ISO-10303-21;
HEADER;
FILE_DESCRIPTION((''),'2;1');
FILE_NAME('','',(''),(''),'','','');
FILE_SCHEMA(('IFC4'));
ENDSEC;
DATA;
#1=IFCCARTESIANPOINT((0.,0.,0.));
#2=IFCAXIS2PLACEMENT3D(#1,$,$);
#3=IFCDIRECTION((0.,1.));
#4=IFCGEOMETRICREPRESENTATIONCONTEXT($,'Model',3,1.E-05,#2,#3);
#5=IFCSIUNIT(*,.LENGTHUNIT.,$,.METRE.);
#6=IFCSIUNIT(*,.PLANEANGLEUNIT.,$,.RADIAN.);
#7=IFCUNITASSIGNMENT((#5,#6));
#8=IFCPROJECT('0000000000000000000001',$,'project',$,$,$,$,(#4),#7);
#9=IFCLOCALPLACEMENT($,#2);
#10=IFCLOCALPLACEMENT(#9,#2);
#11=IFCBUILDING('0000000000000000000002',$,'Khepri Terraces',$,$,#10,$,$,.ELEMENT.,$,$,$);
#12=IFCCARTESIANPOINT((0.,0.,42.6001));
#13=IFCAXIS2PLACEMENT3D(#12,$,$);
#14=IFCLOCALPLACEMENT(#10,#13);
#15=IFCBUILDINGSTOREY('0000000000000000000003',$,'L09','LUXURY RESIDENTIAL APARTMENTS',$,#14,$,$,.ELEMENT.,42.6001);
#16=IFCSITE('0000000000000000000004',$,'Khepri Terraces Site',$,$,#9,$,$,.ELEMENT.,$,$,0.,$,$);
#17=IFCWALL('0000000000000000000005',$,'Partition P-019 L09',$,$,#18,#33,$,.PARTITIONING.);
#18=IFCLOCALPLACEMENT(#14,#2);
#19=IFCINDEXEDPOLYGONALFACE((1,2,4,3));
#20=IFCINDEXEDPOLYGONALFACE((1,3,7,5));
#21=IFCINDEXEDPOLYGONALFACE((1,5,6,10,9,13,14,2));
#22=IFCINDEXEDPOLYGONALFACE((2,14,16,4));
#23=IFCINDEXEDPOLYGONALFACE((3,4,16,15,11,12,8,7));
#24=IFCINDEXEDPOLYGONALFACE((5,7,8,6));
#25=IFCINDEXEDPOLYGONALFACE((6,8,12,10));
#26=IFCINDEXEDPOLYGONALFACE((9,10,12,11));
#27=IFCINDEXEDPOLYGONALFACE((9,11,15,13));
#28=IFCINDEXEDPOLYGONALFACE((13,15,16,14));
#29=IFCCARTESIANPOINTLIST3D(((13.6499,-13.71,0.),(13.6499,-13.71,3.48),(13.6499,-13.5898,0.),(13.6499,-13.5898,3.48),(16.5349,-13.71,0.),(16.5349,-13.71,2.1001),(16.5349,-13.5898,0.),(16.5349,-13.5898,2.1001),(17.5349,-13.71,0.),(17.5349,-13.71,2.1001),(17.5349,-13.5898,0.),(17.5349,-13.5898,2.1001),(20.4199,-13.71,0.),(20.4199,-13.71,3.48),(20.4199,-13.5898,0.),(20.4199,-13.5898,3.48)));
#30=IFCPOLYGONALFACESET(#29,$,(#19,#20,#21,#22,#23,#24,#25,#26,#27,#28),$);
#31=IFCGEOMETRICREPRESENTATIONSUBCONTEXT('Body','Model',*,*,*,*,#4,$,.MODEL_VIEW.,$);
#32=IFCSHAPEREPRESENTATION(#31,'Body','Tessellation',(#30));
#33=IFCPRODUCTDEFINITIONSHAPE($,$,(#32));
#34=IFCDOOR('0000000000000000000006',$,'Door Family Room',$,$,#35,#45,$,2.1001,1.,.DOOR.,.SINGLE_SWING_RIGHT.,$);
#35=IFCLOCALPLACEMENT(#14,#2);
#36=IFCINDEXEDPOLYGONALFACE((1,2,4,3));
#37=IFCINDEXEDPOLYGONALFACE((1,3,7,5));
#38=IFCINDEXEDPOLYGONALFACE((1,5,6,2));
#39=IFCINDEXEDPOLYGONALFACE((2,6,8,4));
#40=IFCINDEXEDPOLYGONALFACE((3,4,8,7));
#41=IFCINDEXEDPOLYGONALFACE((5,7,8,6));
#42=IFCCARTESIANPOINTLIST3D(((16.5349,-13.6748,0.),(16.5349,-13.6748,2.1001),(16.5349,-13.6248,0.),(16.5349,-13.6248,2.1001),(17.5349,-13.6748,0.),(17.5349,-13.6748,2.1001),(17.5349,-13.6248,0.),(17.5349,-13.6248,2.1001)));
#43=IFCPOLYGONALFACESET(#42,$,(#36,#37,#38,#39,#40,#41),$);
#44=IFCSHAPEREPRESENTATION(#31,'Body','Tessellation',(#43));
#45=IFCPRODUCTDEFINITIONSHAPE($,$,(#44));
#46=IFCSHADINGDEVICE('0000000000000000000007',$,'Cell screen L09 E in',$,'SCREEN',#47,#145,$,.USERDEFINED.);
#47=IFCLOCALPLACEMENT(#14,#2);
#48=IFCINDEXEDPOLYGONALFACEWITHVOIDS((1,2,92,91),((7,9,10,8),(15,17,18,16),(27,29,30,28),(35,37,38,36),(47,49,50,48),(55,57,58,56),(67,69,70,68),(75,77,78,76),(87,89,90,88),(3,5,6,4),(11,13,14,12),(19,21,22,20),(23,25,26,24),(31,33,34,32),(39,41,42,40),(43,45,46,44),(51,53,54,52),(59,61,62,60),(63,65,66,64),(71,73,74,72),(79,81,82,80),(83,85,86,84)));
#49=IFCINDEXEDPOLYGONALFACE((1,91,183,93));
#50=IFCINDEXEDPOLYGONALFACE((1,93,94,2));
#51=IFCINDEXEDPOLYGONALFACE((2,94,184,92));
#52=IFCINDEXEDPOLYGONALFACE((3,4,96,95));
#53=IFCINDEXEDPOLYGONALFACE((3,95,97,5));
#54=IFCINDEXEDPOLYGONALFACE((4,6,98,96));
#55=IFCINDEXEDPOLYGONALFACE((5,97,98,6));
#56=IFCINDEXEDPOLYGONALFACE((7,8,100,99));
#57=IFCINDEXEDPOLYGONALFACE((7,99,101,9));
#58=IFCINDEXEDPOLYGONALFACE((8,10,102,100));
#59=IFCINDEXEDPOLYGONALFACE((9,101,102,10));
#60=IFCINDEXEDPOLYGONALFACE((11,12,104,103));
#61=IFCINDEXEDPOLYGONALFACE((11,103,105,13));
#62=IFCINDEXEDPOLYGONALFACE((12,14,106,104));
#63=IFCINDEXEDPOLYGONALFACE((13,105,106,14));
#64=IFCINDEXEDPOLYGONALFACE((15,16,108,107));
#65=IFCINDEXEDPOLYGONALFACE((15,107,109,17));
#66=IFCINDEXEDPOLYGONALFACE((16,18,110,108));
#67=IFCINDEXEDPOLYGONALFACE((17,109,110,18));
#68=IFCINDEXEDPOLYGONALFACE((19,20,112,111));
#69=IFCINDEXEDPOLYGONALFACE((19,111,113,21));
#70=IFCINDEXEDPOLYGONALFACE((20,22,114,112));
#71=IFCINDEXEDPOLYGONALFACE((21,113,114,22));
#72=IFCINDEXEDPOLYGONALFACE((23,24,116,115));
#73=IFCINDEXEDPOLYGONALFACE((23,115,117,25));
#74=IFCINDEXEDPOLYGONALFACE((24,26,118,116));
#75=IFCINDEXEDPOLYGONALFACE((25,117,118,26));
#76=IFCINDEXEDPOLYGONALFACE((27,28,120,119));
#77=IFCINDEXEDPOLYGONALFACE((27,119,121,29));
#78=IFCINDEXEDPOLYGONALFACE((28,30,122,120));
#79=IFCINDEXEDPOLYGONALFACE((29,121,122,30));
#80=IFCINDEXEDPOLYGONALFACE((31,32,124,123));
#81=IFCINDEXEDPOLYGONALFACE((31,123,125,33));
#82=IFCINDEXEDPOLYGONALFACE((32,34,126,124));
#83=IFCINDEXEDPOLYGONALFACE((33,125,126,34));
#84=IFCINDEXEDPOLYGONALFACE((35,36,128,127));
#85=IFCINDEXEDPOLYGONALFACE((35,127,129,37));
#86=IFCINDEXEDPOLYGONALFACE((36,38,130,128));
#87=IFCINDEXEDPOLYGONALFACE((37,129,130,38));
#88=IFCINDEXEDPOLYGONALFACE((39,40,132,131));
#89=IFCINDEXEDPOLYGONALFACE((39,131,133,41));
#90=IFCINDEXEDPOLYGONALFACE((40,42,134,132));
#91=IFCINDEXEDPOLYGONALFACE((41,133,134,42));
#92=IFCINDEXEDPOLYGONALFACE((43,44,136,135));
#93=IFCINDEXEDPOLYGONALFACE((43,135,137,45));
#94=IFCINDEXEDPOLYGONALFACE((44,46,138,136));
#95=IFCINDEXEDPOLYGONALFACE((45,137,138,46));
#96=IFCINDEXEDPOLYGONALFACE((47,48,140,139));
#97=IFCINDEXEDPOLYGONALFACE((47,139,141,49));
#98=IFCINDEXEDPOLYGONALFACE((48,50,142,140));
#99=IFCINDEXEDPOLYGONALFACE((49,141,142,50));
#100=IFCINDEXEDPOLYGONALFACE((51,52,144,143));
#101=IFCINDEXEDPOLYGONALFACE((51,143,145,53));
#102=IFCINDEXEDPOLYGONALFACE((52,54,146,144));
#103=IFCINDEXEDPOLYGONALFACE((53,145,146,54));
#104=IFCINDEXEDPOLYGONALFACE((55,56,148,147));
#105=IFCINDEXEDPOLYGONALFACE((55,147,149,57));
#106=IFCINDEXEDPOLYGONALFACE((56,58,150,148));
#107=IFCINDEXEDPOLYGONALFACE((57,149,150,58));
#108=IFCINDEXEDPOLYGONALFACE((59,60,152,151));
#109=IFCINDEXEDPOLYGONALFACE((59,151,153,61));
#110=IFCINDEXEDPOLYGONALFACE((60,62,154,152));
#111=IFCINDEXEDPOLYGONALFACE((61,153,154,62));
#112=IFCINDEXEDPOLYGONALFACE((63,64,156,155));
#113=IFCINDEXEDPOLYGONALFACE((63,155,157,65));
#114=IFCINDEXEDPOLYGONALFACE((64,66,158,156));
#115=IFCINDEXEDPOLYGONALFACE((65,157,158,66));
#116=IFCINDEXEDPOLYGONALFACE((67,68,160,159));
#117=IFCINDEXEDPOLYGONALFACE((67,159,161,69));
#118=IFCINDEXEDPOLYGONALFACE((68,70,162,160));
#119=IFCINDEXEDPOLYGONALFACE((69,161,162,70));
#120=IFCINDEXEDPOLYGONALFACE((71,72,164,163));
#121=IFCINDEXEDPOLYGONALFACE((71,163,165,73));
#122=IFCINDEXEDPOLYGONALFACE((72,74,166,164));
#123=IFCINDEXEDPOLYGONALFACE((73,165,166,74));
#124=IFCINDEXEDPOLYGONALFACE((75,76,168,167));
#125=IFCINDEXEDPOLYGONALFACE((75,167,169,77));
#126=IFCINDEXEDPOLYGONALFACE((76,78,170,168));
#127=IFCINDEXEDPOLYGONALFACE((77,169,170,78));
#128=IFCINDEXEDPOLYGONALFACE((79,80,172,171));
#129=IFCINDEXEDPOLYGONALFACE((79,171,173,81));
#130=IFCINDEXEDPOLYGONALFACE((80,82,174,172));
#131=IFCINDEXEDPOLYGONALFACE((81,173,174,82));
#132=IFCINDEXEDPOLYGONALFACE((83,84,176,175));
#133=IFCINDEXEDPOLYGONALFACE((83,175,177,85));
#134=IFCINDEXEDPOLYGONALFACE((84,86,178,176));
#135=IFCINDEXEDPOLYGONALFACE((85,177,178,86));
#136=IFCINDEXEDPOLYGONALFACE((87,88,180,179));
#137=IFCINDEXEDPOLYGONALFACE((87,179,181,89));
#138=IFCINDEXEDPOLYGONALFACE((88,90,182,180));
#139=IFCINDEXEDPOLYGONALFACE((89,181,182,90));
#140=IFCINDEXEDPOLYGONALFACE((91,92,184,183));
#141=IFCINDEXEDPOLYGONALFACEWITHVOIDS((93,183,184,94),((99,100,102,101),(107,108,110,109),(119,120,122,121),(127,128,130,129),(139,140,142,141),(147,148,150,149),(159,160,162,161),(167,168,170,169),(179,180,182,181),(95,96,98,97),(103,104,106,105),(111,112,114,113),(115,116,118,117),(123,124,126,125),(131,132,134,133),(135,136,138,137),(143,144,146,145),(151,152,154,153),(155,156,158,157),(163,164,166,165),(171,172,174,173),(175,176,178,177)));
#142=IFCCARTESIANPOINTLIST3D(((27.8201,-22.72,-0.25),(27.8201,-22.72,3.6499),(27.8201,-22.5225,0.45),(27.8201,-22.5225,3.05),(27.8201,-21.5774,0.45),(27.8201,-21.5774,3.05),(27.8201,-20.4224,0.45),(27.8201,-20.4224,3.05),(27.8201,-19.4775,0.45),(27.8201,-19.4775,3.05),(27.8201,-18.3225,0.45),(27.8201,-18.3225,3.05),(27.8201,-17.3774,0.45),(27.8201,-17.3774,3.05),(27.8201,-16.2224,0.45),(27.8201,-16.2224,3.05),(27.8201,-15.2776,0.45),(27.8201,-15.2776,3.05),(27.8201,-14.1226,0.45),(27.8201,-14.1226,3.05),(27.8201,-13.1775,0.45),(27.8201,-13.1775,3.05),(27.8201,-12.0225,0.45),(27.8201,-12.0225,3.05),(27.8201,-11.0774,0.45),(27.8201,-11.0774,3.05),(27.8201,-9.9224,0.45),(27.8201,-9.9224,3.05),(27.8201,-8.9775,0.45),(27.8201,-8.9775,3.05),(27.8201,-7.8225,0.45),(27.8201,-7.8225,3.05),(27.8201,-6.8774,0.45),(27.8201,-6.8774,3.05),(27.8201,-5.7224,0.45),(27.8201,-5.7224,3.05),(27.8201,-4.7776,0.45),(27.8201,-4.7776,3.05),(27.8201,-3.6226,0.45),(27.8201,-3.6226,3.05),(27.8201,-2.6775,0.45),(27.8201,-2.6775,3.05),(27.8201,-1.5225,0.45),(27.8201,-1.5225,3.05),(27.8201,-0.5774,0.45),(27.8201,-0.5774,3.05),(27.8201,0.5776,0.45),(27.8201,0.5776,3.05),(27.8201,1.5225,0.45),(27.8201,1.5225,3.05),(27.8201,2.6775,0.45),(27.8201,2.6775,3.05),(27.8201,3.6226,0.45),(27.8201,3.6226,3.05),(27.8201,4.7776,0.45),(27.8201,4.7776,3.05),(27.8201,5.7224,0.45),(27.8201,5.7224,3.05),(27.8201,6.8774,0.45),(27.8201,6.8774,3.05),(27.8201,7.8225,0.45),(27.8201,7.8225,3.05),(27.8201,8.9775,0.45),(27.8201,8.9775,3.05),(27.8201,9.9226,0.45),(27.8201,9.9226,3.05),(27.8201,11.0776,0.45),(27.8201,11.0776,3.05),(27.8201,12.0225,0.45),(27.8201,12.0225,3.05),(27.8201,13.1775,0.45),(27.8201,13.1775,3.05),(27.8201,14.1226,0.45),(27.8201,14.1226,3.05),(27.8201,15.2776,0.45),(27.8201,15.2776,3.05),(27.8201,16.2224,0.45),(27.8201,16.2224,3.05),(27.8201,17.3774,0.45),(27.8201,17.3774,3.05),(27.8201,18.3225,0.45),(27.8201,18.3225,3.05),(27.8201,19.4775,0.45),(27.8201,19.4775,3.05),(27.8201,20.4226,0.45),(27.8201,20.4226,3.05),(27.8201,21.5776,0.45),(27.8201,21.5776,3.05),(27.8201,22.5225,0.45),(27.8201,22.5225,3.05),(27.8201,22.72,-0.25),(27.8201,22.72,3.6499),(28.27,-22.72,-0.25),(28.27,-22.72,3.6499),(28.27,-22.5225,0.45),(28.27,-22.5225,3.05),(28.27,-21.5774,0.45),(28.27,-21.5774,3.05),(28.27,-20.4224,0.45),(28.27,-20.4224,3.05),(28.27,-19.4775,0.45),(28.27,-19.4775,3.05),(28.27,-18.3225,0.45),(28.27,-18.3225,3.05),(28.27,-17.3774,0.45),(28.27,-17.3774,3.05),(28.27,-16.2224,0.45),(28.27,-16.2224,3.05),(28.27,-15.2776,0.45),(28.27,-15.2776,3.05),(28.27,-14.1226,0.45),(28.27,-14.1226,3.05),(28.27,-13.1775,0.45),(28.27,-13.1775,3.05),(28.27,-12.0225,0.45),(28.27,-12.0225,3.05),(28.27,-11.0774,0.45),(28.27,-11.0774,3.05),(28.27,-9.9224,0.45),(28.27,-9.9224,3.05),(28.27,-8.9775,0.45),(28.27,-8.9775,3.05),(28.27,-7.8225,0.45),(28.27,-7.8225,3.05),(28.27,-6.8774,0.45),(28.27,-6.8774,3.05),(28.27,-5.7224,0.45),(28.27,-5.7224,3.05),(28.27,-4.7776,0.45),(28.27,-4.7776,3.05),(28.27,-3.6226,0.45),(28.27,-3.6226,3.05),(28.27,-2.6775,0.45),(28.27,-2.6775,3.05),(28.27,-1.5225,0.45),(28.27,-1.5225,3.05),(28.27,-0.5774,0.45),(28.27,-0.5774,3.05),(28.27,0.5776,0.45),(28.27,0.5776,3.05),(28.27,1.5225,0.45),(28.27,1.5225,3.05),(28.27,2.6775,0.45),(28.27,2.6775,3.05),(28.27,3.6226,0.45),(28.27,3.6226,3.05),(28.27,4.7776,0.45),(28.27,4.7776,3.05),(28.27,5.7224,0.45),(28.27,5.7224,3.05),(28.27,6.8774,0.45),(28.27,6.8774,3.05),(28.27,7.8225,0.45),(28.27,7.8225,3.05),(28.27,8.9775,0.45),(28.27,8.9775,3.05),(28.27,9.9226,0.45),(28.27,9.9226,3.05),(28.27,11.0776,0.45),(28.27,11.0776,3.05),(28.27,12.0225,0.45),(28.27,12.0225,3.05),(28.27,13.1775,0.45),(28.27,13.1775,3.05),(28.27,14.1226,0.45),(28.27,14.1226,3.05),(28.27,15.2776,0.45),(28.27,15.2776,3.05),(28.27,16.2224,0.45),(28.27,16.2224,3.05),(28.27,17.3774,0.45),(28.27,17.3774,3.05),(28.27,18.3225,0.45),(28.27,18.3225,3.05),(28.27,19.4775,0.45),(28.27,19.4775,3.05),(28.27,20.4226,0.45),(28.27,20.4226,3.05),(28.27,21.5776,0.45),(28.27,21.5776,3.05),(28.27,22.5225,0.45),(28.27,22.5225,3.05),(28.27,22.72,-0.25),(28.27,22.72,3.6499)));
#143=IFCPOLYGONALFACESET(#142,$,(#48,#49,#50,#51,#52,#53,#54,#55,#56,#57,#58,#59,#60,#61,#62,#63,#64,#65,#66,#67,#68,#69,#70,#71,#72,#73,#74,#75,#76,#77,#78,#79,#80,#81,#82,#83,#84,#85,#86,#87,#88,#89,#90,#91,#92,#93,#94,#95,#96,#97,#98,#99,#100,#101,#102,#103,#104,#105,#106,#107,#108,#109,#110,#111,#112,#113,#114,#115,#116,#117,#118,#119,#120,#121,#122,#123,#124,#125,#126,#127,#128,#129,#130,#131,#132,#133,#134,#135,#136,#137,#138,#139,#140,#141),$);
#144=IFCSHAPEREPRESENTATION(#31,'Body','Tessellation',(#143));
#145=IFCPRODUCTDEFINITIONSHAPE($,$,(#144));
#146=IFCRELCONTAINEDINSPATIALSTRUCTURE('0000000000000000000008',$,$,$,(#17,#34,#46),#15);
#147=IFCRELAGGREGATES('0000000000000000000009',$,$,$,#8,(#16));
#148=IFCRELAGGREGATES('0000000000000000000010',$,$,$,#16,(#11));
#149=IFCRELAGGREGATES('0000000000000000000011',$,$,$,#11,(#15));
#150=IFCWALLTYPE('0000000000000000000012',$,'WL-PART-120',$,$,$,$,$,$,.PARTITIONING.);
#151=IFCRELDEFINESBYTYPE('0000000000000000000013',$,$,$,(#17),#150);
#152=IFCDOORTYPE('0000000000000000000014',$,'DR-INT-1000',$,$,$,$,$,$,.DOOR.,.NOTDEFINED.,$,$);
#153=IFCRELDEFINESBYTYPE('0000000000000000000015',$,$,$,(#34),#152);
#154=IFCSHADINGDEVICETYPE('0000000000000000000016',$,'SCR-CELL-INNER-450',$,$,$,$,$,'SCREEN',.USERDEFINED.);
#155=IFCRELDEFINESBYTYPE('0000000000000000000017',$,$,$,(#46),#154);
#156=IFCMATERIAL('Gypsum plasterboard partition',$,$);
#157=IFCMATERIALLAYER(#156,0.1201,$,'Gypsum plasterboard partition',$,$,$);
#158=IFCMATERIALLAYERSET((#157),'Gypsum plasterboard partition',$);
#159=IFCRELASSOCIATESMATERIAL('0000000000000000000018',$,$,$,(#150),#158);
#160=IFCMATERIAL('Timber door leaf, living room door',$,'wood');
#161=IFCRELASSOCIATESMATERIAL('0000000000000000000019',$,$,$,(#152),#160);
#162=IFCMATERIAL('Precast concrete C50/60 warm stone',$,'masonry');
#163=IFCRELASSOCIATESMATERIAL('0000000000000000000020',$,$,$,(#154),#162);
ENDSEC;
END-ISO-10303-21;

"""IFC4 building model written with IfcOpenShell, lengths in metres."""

from ifc_helpers import new_model, si_unit, direction, frame, frame_2d, origin, place, context, subcontext, project, spatial, polyline, rectangle, outline, extrude, material, layer, layer_set, type_object, element, fill, save


model = new_model("IFC4")

# Units and contexts
model_context = context("Model", 3, precision=1e-05, world=origin(), true_north=direction((0.0, 1.0)))
body_context = subcontext(model_context, "Body", "Model", "MODEL_VIEW")
ifc_project = project(units=[si_unit("LENGTHUNIT", "METRE"), si_unit("PLANEANGLEUNIT", "RADIAN")], contexts=[model_context])

# Site, building, storey
site_placement = place(None, origin())
site = spatial("IfcSite", under=ifc_project, at=site_placement, Name="Khepri Terraces Site", CompositionType="ELEMENT", RefElevation=0.0)
building_placement = place(site_placement, origin())
building = spatial("IfcBuilding", under=site, at=building_placement, Name="Khepri Terraces", CompositionType="ELEMENT")
storey_placement = place(building_placement, frame((0.0, 0.0, 42.6001)))
storey = spatial("IfcBuildingStorey", under=building, at=storey_placement, Name="L09", Description="LUXURY RESIDENTIAL APARTMENTS", CompositionType="ELEMENT", Elevation=42.6001)

# Shared definitions
ifc_material_1 = material(Name="Precast concrete C50/60 warm stone", Category="masonry")

# Shared definitions
ifc_material_2 = material(Name="Gypsum plasterboard partition")
ifc_layer_1 = layer(ifc_material_2, 0.1201, Name="Gypsum plasterboard partition")
ifc_layer_set_1 = layer_set([ifc_layer_1], Name="Gypsum plasterboard partition")
wall_type_1 = type_object("IfcWallType", Name="WL-PART-120", PredefinedType="PARTITIONING", material=ifc_layer_set_1)

# Wall, opening, door
wall_1_placement = place(storey_placement, frame((13.6499, -13.6499, 0.0), z_axis=(0.0, 0.0, 1.0), x_axis=(1.0, 0.0, 0.0)))
wall_1 = element("IfcWall", 1, at=wall_1_placement, inside=storey, type_object=wall_type_1, Name="Partition P-019 L09", PredefinedType="PARTITIONING", context=body_context, shape_type="SweptSolid", body=[
    extrude(rectangle(XDim=6.77, YDim=0.1201, at=frame_2d((3.385, 0.0))), origin(), (0.0, 0.0, 1.0), 3.48),
])
opening_1_placement = place(wall_1_placement, frame((2.885, 0.0, 0.0)))
opening_1 = element("IfcOpeningElement", 2, at=opening_1_placement, cuts=wall_1, PredefinedType="OPENING", context=body_context, shape_type="SweptSolid", body=[
    extrude(rectangle(XDim=1.0, YDim=2.1001, at=frame_2d((0.5, 1.05))), frame((0.0, 0.0701, 0.0), z_axis=(0.0, -1.0, 0.0), x_axis=(1.0, 0.0, 0.0)), (0.0, 0.0, 1.0), 0.1401),
])
ifc_material_3 = material(Name="Timber door leaf, living room door", Category="wood")
door_type_1 = type_object("IfcDoorType", Name="DR-INT-1000", OperationType="NOTDEFINED", PredefinedType="DOOR", material=ifc_material_3)
door_1_placement = place(opening_1_placement, frame((1.0, 0.0, 0.0), z_axis=(0.0, 0.0, 1.0), x_axis=(-1.0, 0.0, 0.0)))
door_1 = element("IfcDoor", 3, at=door_1_placement, inside=storey, type_object=door_type_1, Name="Door Family Room", OperationType="SINGLE_SWING_RIGHT", OverallHeight=2.1001, OverallWidth=1.0, PredefinedType="DOOR", context=body_context, shape_type="SweptSolid", body=[
    extrude(rectangle(XDim=1.0, YDim=2.1001, at=frame_2d((0.5, 1.05))), frame((0.0, 0.0249, 0.0), z_axis=(0.0, -1.0, 0.0), x_axis=(1.0, 0.0, 0.0)), (0.0, 0.0, 1.0), 0.05),
])
fill(opening_1, door_1)

# Shading device
shading_device_type_1 = type_object("IfcShadingDeviceType", Name="SCR-CELL-INNER-450", ElementType="SCREEN", PredefinedType="USERDEFINED", material=ifc_material_1)
shading_device_1_placement = place(storey_placement, frame((27.8201, -22.72, -0.25), z_axis=(1.0, 0.0, 0.0), x_axis=(0.0, 1.0, 0.0)))
element("IfcShadingDevice", 4, at=shading_device_1_placement, inside=storey, type_object=shading_device_type_1, Name="Cell screen L09 E in", ObjectType="SCREEN", PredefinedType="USERDEFINED", context=body_context, shape_type="SweptSolid", body=[
    extrude(outline(polyline([(0.0, 0.0), (45.4399, 0.0), (45.4399, 3.8999), (0.0, 3.8999), (0.0, 0.0)]), holes=[polyline([(0.1975, 0.7), (1.1426, 0.7), (1.1426, 3.3), (0.1975, 3.3), (0.1975, 0.7)]), polyline([(2.2976, 0.7), (3.2424, 0.7), (3.2424, 3.3), (2.2976, 3.3), (2.2976, 0.7)]), polyline([(4.3975, 0.7), (5.3425, 0.7), (5.3425, 3.3), (4.3975, 3.3), (4.3975, 0.7)]), polyline([(6.4976, 0.7), (7.4424, 0.7), (7.4424, 3.3), (6.4976, 3.3), (6.4976, 0.7)]), polyline([(8.5974, 0.7), (9.5425, 0.7), (9.5425, 3.3), (8.5974, 3.3), (8.5974, 0.7)]), polyline([(10.6975, 0.7), (11.6426, 0.7), (11.6426, 3.3), (10.6975, 3.3), (10.6975, 0.7)]), polyline([(12.7976, 0.7), (13.7424, 0.7), (13.7424, 3.3), (12.7976, 3.3), (12.7976, 0.7)]), polyline([(14.8975, 0.7), (15.8425, 0.7), (15.8425, 3.3), (14.8975, 3.3), (14.8975, 0.7)]), polyline([(16.9976, 0.7), (17.9424, 0.7), (17.9424, 3.3), (16.9976, 3.3), (16.9976, 0.7)]), polyline([(19.0974, 0.7), (20.0425, 0.7), (20.0425, 3.3), (19.0974, 3.3), (19.0974, 0.7)]), polyline([(21.1975, 0.7), (22.1426, 0.7), (22.1426, 3.3), (21.1975, 3.3), (21.1975, 0.7)]), polyline([(23.2976, 0.7), (24.2424, 0.7), (24.2424, 3.3), (23.2976, 3.3), (23.2976, 0.7)]), polyline([(25.3975, 0.7), (26.3425, 0.7), (26.3425, 3.3), (25.3975, 3.3), (25.3975, 0.7)]), polyline([(27.4976, 0.7), (28.4424, 0.7), (28.4424, 3.3), (27.4976, 3.3), (27.4976, 0.7)]), polyline([(29.5974, 0.7), (30.5425, 0.7), (30.5425, 3.3), (29.5974, 3.3), (29.5974, 0.7)]), polyline([(31.6975, 0.7), (32.6426, 0.7), (32.6426, 3.3), (31.6975, 3.3), (31.6975, 0.7)]), polyline([(33.7976, 0.7), (34.7424, 0.7), (34.7424, 3.3), (33.7976, 3.3), (33.7976, 0.7)]), polyline([(35.8975, 0.7), (36.8425, 0.7), (36.8425, 3.3), (35.8975, 3.3), (35.8975, 0.7)]), polyline([(37.9976, 0.7), (38.9424, 0.7), (38.9424, 3.3), (37.9976, 3.3), (37.9976, 0.7)]), polyline([(40.0974, 0.7), (41.0425, 0.7), (41.0425, 3.3), (40.0974, 3.3), (40.0974, 0.7)]), polyline([(42.1975, 0.7), (43.1426, 0.7), (43.1426, 3.3), (42.1975, 3.3), (42.1975, 0.7)]), polyline([(44.2976, 0.7), (45.2424, 0.7), (45.2424, 3.3), (44.2976, 3.3), (44.2976, 0.7)])]), origin(), (0.0, 0.0, 1.0), 0.45),
])

save(model, "model.ifc")
